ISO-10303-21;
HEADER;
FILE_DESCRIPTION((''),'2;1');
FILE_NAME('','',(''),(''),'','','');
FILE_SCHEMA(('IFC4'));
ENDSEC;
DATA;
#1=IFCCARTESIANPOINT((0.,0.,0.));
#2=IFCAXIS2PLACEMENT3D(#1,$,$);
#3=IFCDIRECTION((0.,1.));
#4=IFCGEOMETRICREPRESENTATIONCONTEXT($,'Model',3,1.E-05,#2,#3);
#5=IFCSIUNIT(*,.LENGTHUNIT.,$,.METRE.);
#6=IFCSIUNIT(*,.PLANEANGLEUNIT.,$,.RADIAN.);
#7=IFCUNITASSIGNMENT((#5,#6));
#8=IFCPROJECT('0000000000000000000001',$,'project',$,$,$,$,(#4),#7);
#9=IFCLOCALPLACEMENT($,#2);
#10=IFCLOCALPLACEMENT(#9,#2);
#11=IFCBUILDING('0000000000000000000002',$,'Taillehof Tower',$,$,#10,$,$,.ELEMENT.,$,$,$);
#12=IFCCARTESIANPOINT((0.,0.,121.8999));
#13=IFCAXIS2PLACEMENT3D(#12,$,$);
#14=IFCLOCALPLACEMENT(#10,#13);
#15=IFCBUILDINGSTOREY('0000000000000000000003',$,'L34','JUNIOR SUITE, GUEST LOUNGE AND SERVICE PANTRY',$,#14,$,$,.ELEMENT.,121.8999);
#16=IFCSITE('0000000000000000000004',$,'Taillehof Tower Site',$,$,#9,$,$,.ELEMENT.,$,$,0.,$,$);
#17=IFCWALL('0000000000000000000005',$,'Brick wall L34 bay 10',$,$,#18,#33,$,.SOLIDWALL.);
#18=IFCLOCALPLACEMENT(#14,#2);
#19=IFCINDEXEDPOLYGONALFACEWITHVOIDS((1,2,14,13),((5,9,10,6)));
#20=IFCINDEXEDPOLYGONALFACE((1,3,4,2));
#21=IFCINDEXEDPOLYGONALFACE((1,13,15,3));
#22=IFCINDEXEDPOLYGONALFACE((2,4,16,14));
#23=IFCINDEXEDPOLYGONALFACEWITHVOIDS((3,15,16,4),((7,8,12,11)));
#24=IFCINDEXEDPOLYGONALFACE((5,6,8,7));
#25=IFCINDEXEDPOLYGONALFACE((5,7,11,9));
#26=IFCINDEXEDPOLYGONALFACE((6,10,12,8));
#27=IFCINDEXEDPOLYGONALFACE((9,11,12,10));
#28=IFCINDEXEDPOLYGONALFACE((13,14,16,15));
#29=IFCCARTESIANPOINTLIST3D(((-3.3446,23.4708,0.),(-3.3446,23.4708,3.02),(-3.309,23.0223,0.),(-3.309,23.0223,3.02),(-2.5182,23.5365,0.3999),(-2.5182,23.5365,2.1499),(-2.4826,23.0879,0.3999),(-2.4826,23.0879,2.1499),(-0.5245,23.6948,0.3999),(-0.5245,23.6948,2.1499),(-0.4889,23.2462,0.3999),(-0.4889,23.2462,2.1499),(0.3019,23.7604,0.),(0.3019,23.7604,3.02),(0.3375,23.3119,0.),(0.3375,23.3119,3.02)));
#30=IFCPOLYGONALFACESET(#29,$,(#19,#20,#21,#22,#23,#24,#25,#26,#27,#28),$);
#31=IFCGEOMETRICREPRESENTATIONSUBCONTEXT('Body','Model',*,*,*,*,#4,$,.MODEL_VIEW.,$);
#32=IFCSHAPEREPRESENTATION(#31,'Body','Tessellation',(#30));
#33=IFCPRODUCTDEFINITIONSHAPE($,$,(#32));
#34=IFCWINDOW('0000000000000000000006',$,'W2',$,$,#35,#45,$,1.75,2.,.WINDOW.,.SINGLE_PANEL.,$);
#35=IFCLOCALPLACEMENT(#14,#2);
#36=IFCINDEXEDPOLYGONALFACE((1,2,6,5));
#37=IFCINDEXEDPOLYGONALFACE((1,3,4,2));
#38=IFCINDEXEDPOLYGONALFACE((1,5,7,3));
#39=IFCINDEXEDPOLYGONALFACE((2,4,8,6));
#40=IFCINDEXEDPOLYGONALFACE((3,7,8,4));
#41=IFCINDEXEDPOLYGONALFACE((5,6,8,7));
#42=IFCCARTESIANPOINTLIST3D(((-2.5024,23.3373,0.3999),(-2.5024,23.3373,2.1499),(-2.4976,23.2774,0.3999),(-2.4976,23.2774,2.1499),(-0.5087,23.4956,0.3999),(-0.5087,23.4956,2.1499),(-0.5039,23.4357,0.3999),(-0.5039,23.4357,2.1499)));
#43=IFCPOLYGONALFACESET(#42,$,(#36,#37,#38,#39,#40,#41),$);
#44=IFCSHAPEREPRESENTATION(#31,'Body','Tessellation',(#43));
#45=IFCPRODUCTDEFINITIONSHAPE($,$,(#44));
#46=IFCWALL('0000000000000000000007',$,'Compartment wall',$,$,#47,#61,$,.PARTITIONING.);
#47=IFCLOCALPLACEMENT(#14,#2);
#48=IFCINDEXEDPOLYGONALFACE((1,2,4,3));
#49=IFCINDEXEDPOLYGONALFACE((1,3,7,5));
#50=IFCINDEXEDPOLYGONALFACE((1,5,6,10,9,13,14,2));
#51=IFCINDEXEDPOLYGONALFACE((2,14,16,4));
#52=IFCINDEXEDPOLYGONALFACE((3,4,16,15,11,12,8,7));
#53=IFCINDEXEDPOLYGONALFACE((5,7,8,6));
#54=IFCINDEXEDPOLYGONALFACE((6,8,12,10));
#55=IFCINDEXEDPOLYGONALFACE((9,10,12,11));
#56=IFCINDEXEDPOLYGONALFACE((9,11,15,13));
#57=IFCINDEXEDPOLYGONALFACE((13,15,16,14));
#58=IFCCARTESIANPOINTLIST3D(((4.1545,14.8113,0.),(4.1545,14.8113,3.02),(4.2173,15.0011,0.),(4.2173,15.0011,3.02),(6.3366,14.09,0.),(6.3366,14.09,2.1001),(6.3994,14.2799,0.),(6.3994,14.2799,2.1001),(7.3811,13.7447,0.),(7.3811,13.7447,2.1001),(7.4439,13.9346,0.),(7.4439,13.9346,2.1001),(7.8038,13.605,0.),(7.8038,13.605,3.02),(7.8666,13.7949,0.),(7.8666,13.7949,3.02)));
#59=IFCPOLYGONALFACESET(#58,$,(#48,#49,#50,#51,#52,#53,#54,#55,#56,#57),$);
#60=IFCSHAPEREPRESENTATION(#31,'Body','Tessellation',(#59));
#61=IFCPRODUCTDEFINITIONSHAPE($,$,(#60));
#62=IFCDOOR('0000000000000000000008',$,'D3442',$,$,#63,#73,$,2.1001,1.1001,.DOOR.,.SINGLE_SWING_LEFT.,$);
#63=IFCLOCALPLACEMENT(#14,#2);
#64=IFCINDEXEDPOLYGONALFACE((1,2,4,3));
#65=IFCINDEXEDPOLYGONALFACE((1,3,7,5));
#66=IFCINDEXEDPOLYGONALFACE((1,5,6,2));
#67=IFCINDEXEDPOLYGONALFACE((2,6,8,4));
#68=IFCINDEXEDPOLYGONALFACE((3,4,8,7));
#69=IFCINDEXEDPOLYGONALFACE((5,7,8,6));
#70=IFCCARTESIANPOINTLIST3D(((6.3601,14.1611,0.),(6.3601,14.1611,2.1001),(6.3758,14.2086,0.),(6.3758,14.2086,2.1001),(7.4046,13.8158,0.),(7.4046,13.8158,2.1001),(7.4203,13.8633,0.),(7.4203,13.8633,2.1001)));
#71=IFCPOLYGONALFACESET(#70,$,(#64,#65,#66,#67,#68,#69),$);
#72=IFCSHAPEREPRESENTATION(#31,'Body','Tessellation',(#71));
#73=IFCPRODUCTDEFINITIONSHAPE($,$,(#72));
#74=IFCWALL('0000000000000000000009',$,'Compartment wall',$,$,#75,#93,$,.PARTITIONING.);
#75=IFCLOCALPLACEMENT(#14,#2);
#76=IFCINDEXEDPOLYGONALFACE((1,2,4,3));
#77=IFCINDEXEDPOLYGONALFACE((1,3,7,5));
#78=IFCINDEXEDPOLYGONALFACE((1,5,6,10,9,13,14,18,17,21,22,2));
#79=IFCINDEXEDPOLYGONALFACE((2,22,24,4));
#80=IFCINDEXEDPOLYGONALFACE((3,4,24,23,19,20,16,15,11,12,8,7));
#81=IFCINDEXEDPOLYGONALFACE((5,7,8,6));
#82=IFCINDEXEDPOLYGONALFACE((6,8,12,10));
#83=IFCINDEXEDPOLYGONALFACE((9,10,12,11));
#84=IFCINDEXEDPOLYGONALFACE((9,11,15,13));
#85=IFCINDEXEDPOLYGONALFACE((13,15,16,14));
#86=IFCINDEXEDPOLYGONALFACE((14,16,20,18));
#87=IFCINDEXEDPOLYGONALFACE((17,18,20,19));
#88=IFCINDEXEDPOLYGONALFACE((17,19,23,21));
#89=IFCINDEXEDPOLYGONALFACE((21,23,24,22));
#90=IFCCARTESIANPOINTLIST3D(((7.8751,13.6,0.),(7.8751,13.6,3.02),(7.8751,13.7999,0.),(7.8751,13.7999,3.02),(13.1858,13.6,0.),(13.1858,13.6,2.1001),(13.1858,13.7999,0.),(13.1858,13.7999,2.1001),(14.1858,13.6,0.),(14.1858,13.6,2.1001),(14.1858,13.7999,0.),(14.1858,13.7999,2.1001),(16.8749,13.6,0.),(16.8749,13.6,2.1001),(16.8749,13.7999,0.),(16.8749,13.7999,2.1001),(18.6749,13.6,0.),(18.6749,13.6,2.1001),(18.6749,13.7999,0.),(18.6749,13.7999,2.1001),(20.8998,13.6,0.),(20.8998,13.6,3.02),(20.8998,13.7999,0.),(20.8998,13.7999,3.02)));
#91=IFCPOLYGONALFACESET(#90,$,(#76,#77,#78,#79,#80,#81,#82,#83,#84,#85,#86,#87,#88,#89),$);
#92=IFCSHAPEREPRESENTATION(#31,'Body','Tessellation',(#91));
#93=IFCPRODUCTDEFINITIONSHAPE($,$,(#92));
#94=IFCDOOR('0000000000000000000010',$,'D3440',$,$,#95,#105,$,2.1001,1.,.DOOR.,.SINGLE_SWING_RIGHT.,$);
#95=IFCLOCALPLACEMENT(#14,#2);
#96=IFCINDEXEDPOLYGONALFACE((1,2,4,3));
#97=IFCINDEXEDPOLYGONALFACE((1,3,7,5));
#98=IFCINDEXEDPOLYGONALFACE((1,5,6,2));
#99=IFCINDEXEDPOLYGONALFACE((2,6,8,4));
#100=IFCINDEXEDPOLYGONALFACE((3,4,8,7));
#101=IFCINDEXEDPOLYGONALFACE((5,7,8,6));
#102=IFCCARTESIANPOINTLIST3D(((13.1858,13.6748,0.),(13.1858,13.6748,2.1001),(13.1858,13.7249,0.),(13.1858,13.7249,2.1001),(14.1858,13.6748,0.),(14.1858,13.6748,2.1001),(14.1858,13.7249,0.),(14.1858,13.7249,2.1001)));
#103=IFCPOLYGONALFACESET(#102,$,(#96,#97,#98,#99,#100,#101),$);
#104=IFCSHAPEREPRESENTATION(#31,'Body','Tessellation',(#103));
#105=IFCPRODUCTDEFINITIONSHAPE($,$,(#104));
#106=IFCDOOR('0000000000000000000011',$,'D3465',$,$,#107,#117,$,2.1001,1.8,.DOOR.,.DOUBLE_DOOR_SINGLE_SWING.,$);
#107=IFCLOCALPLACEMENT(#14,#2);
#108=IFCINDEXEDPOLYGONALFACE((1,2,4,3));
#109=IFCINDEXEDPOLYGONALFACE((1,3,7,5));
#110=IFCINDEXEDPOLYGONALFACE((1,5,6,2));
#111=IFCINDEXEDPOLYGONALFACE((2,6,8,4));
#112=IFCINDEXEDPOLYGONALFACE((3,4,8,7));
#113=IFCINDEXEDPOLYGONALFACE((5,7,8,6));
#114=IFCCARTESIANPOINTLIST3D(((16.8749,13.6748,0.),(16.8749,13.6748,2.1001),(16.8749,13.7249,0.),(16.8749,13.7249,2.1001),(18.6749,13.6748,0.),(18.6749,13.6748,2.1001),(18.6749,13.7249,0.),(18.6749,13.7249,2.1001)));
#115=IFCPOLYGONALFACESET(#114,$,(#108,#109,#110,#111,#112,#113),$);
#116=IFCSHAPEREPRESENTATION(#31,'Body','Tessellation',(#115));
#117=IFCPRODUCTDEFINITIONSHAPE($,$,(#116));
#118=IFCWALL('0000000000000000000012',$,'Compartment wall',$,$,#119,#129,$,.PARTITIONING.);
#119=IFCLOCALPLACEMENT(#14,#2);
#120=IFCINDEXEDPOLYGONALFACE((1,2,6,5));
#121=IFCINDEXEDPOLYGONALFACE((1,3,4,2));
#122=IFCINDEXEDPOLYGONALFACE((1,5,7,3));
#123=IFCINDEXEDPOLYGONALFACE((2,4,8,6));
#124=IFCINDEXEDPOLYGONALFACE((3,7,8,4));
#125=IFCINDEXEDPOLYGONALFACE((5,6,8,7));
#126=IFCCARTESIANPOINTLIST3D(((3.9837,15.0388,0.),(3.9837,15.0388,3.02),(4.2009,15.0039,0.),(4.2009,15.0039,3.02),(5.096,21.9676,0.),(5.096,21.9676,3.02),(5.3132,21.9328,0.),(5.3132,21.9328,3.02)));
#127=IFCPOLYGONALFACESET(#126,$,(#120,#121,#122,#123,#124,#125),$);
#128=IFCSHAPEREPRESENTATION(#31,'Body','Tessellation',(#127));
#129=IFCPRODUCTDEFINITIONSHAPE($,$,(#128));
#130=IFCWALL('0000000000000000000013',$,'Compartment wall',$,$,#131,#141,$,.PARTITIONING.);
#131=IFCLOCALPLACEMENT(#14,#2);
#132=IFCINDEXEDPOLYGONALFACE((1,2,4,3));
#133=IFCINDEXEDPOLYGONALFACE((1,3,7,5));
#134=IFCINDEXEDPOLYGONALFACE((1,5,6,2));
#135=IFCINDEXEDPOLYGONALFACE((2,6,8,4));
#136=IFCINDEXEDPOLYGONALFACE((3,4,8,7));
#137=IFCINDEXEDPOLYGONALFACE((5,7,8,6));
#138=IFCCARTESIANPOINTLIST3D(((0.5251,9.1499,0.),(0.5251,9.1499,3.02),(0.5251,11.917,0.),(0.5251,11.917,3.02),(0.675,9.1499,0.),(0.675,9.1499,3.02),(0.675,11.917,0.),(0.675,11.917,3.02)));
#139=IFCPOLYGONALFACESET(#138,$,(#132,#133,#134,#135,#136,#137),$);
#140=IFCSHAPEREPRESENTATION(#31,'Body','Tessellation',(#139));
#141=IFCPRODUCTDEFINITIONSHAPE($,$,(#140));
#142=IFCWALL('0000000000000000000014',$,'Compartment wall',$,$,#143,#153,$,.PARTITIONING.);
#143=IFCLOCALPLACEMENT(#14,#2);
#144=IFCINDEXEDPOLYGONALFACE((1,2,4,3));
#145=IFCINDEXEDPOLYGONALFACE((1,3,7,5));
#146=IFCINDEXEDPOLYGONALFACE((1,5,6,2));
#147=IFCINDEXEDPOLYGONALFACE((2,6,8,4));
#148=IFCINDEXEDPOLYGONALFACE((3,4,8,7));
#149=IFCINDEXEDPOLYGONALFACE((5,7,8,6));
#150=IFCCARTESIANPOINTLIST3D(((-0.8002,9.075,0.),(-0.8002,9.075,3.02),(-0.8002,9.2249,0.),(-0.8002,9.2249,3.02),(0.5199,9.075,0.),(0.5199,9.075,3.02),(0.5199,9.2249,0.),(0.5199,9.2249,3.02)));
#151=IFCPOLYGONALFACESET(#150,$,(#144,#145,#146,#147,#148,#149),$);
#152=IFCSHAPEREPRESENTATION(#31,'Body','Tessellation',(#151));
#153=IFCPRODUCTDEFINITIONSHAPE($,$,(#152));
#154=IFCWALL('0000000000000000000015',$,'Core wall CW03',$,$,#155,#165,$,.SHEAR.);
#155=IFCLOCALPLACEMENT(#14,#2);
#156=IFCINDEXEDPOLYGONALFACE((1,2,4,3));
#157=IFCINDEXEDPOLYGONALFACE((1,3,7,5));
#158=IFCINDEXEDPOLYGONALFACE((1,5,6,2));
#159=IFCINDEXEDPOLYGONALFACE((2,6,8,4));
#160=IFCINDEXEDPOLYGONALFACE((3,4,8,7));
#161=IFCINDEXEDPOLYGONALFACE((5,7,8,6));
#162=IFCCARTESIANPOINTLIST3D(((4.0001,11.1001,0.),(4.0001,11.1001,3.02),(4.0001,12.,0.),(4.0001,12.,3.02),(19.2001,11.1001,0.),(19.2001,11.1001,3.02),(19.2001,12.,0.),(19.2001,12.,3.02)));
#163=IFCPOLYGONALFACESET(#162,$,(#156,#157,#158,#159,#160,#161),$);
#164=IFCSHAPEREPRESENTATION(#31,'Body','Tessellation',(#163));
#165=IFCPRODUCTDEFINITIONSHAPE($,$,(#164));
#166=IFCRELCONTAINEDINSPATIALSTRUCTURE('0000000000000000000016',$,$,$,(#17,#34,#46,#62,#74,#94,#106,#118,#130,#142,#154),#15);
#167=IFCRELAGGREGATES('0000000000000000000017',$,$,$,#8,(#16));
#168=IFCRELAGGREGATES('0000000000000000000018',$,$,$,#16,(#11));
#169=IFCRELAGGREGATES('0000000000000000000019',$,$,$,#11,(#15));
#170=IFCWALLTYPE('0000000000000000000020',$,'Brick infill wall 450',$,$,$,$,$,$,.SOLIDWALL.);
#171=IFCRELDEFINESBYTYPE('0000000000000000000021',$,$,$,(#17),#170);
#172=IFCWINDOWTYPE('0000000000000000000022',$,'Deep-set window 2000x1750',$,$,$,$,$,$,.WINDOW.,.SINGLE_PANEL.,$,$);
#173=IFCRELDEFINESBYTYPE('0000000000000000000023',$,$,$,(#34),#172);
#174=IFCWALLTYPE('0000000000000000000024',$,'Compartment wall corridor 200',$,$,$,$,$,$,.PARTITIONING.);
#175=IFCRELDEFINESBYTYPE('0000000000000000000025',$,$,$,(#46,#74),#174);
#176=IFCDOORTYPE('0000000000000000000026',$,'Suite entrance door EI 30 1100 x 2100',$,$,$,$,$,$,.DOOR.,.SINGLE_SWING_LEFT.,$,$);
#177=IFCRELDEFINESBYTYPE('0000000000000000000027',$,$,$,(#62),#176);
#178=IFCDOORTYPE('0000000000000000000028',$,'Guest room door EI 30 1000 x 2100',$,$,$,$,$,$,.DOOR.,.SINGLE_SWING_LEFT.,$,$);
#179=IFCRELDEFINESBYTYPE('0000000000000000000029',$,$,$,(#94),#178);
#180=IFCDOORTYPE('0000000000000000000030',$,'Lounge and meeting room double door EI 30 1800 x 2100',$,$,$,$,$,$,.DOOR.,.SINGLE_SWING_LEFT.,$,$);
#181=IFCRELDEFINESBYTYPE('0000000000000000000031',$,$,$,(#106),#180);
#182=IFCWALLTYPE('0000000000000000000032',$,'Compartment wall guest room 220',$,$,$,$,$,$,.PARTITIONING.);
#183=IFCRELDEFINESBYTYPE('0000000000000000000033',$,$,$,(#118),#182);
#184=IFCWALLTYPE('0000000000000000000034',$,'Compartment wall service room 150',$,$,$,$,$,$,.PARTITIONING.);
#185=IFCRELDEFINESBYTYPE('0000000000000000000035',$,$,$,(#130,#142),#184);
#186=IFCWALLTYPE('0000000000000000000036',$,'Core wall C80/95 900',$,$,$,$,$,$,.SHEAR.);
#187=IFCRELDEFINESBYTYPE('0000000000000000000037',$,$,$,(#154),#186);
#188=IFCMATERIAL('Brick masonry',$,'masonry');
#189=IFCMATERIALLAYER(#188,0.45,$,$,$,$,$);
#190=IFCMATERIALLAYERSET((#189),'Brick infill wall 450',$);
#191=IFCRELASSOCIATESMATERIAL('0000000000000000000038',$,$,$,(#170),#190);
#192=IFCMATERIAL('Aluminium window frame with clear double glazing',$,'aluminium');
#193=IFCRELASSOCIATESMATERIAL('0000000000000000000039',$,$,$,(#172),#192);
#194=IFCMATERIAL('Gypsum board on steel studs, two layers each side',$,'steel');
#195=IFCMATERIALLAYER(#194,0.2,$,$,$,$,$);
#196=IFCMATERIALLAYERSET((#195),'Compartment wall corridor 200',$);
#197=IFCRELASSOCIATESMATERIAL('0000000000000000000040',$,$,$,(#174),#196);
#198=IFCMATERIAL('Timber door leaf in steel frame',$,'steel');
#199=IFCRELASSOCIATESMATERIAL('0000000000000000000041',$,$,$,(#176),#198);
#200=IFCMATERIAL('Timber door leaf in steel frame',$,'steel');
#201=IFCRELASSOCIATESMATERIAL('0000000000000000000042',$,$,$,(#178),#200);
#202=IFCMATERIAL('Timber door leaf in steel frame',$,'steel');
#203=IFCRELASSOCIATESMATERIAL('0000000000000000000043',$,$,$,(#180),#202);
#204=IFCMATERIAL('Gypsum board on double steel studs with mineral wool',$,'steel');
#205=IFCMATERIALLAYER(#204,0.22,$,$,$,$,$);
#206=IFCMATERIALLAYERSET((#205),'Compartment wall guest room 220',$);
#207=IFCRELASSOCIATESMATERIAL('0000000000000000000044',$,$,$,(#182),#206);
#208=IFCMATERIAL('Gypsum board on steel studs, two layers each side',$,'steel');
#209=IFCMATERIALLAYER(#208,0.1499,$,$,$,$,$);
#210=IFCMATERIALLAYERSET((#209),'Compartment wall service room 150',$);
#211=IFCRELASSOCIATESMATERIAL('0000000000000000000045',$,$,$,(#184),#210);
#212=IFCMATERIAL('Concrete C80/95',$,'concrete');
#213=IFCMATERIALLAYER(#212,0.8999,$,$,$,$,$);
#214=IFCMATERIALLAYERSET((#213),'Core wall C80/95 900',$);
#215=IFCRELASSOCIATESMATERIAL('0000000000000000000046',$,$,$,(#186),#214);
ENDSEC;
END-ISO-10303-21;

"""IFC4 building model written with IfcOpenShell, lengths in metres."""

from ifc_helpers import new_model, si_unit, direction, frame, frame_2d, origin, place, context, subcontext, project, spatial, rectangle, extrude, material, layer, layer_set, type_object, element, fill, save


model = new_model("IFC4")

# Units and contexts
model_context = context("Model", 3, precision=1e-05, world=origin(), true_north=direction((0.0, 1.0)))
body_context = subcontext(model_context, "Body", "Model", "MODEL_VIEW")
ifc_project = project(units=[si_unit("LENGTHUNIT", "METRE"), si_unit("PLANEANGLEUNIT", "RADIAN")], contexts=[model_context])

# Site, building, storey
site_placement = place(None, origin())
site = spatial("IfcSite", under=ifc_project, at=site_placement, Name="Taillehof Tower Site", CompositionType="ELEMENT", RefElevation=0.0)
building_placement = place(site_placement, origin())
building = spatial("IfcBuilding", under=site, at=building_placement, Name="Taillehof Tower", CompositionType="ELEMENT")
storey_placement = place(building_placement, frame((0.0, 0.0, 121.8999)))
storey = spatial("IfcBuildingStorey", under=building, at=storey_placement, Name="L34", Description="JUNIOR SUITE, GUEST LOUNGE AND SERVICE PANTRY", CompositionType="ELEMENT", Elevation=121.8999)

# Wall, opening, window
ifc_material_1 = material(Name="Brick masonry", Category="masonry")
ifc_layer_1 = layer(ifc_material_1, 0.45)
ifc_layer_set_1 = layer_set([ifc_layer_1], Name="Brick infill wall 450")
wall_type_1 = type_object("IfcWallType", Name="Brick infill wall 450", PredefinedType="SOLIDWALL", material=ifc_layer_set_1)
ifc_material_2 = material(Name="Aluminium window frame with clear double glazing", Category="aluminium")
window_type = type_object("IfcWindowType", Name="Deep-set window 2000x1750", PartitioningType="SINGLE_PANEL", PredefinedType="WINDOW", material=ifc_material_2)
wall_1_placement = place(storey_placement, frame((0.3198, 23.5361, 0.0), z_axis=(0.0, 0.0, 1.0), x_axis=(-0.996862, -0.079156, 0.0)))
wall_1 = element("IfcWall", 1, at=wall_1_placement, inside=storey, type_object=wall_type_1, Name="Brick wall L34 bay 10", PredefinedType="SOLIDWALL", context=body_context, shape_type="SweptSolid", body=[
    extrude(rectangle(XDim=3.658, YDim=0.45, at=frame_2d((1.8291, 0.0))), origin(), (0.0, 0.0, 1.0), 3.02),
])
opening_1_placement = place(wall_1_placement, frame((0.8291, 0.0, 0.3999)))
opening_1 = element("IfcOpeningElement", 2, at=opening_1_placement, cuts=wall_1, PredefinedType="OPENING", context=body_context, shape_type="SweptSolid", body=[
    extrude(rectangle(XDim=2.0, YDim=1.75, at=frame_2d((1.0, 0.875))), frame((0.0, 0.2349, 0.0), z_axis=(0.0, -1.0, 0.0), x_axis=(1.0, 0.0, 0.0)), (0.0, 0.0, 1.0), 0.47),
])
window_1_placement = place(opening_1_placement, origin())
window_1 = element("IfcWindow", 3, at=window_1_placement, inside=storey, type_object=window_type, Name="W2", OverallHeight=1.75, OverallWidth=2.0, PartitioningType="SINGLE_PANEL", PredefinedType="WINDOW", context=body_context, shape_type="SweptSolid", body=[
    extrude(rectangle(XDim=2.0, YDim=1.75, at=frame_2d((1.0, 0.875))), frame((0.0, 0.0349, 0.0), z_axis=(0.0, -1.0, 0.0), x_axis=(1.0, 0.0, 0.0)), (0.0, 0.0, 1.0), 0.0601),
])
fill(opening_1, window_1)

# Wall, opening, door
ifc_material_3 = material(Name="Gypsum board on steel studs, two layers each side", Category="steel")
ifc_layer_2 = layer(ifc_material_3, 0.2)
ifc_layer_set_2 = layer_set([ifc_layer_2], Name="Compartment wall corridor 200")
wall_type_2 = type_object("IfcWallType", Name="Compartment wall corridor 200", PredefinedType="PARTITIONING", material=ifc_layer_set_2)
wall_2_placement = place(storey_placement, frame((4.1858, 14.9062, 0.0), z_axis=(0.0, 0.0, 1.0), x_axis=(0.949474, -0.313845, 0.0)))
wall_2 = element("IfcWall", 4, at=wall_2_placement, inside=storey, type_object=wall_type_2, Name="Compartment wall", PredefinedType="PARTITIONING", context=body_context, shape_type="SweptSolid", body=[
    extrude(rectangle(XDim=3.8435, YDim=0.2, at=frame_2d((1.9219, 0.0))), origin(), (0.0, 0.0, 1.0), 3.02),
])
opening_2_placement = place(wall_2_placement, frame((2.2983, 0.0, 0.0)))
opening_2 = element("IfcOpeningElement", 5, at=opening_2_placement, cuts=wall_2, PredefinedType="OPENING", context=body_context, shape_type="SweptSolid", body=[
    extrude(rectangle(XDim=1.1001, YDim=2.1001, at=frame_2d((0.55, 1.05))), frame((0.0, 0.1099, 0.0), z_axis=(0.0, -1.0, 0.0), x_axis=(1.0, 0.0, 0.0)), (0.0, 0.0, 1.0), 0.22),
])
ifc_material_4 = material(Name="Timber door leaf in steel frame", Category="steel")
door_type_1 = type_object("IfcDoorType", Name="Suite entrance door EI 30 1100 x 2100", OperationType="SINGLE_SWING_LEFT", PredefinedType="DOOR", material=ifc_material_4)
door_1_placement = place(opening_2_placement, origin())
door_1 = element("IfcDoor", 6, at=door_1_placement, inside=storey, type_object=door_type_1, Name="D3442", OperationType="SINGLE_SWING_LEFT", OverallHeight=2.1001, OverallWidth=1.1001, PredefinedType="DOOR", context=body_context, shape_type="SweptSolid", body=[
    extrude(rectangle(XDim=1.1001, YDim=2.1001, at=frame_2d((0.55, 1.05))), frame((0.0, 0.0249, 0.0), z_axis=(0.0, -1.0, 0.0), x_axis=(1.0, 0.0, 0.0)), (0.0, 0.0, 1.0), 0.05),
])
fill(opening_2, door_1)

# Wall, openings, doors
wall_3_placement = place(storey_placement, frame((7.8752, 13.7, 0.0), z_axis=(0.0, 0.0, 1.0), x_axis=(1.0, 0.0, 0.0)))
wall_3 = element("IfcWall", 7, at=wall_3_placement, inside=storey, type_object=wall_type_2, Name="Compartment wall", PredefinedType="PARTITIONING", context=body_context, shape_type="SweptSolid", body=[
    extrude(rectangle(XDim=13.0247, YDim=0.2, at=frame_2d((6.5122, 0.0))), origin(), (0.0, 0.0, 1.0), 3.02),
])
opening_3_placement = place(wall_3_placement, frame((5.3105, 0.0, 0.0)))
opening_3 = element("IfcOpeningElement", 8, at=opening_3_placement, cuts=wall_3, PredefinedType="OPENING", context=body_context, shape_type="SweptSolid", body=[
    extrude(rectangle(XDim=1.0, YDim=2.1001, at=frame_2d((0.5, 1.05))), frame((0.0, 0.1099, 0.0), z_axis=(0.0, -1.0, 0.0), x_axis=(1.0, 0.0, 0.0)), (0.0, 0.0, 1.0), 0.22),
])
opening_4_placement = place(wall_3_placement, frame((8.9998, 0.0, 0.0)))
opening_4 = element("IfcOpeningElement", 9, at=opening_4_placement, cuts=wall_3, PredefinedType="OPENING", context=body_context, shape_type="SweptSolid", body=[
    extrude(rectangle(XDim=1.8, YDim=2.1001, at=frame_2d((0.8999, 1.05))), frame((0.0, 0.1099, 0.0), z_axis=(0.0, -1.0, 0.0), x_axis=(1.0, 0.0, 0.0)), (0.0, 0.0, 1.0), 0.22),
])
ifc_material_5 = material(Name="Timber door leaf in steel frame", Category="steel")
door_type_2 = type_object("IfcDoorType", Name="Guest room door EI 30 1000 x 2100", OperationType="SINGLE_SWING_LEFT", PredefinedType="DOOR", material=ifc_material_5)
door_2_placement = place(opening_3_placement, origin())
door_2 = element("IfcDoor", 10, at=door_2_placement, inside=storey, type_object=door_type_2, Name="D3440", OperationType="SINGLE_SWING_RIGHT", OverallHeight=2.1001, OverallWidth=1.0, PredefinedType="DOOR", context=body_context, shape_type="SweptSolid", body=[
    extrude(rectangle(XDim=1.0, YDim=2.1001, at=frame_2d((0.5, 1.05))), frame((0.0, 0.0249, 0.0), z_axis=(0.0, -1.0, 0.0), x_axis=(1.0, 0.0, 0.0)), (0.0, 0.0, 1.0), 0.05),
])
fill(opening_3, door_2)
ifc_material_6 = material(Name="Timber door leaf in steel frame", Category="steel")
door_type_3 = type_object("IfcDoorType", Name="Lounge and meeting room double door EI 30 1800 x 2100", OperationType="SINGLE_SWING_LEFT", PredefinedType="DOOR", material=ifc_material_6)
door_3_placement = place(opening_4_placement, origin())
door_3 = element("IfcDoor", 11, at=door_3_placement, inside=storey, type_object=door_type_3, Name="D3465", OperationType="DOUBLE_DOOR_SINGLE_SWING", OverallHeight=2.1001, OverallWidth=1.8, PredefinedType="DOOR", context=body_context, shape_type="SweptSolid", body=[
    extrude(rectangle(XDim=1.8, YDim=2.1001, at=frame_2d((0.8999, 1.05))), frame((0.0, 0.0249, 0.0), z_axis=(0.0, -1.0, 0.0), x_axis=(1.0, 0.0, 0.0)), (0.0, 0.0, 1.0), 0.05),
])
fill(opening_4, door_3)

# Walls
ifc_material_7 = material(Name="Gypsum board on double steel studs with mineral wool", Category="steel")
ifc_layer_3 = layer(ifc_material_7, 0.22)
ifc_layer_set_3 = layer_set([ifc_layer_3], Name="Compartment wall guest room 220")
wall_type_3 = type_object("IfcWallType", Name="Compartment wall guest room 220", PredefinedType="PARTITIONING", material=ifc_layer_set_3)
wall_4_placement = place(storey_placement, frame((5.2046, 21.9502, 0.0), z_axis=(0.0, 0.0, 1.0), x_axis=(-0.158501, -0.987359, 0.0)))
element("IfcWall", 12, at=wall_4_placement, inside=storey, type_object=wall_type_3, Name="Compartment wall", PredefinedType="PARTITIONING", context=body_context, shape_type="SweptSolid", body=[
    extrude(rectangle(XDim=7.0176, YDim=0.22, at=frame_2d((3.5088, 0.0))), origin(), (0.0, 0.0, 1.0), 3.02),
])
ifc_material_8 = material(Name="Gypsum board on steel studs, two layers each side", Category="steel")
ifc_layer_4 = layer(ifc_material_8, 0.1499)
ifc_layer_set_4 = layer_set([ifc_layer_4], Name="Compartment wall service room 150")
wall_type_4 = type_object("IfcWallType", Name="Compartment wall service room 150", PredefinedType="PARTITIONING", material=ifc_layer_set_4)
wall_5_placement = place(storey_placement, frame((0.6001, 11.917, 0.0), z_axis=(0.0, 0.0, 1.0), x_axis=(0.0, -1.0, 0.0)))
element("IfcWall", 13, at=wall_5_placement, inside=storey, type_object=wall_type_4, Name="Compartment wall", PredefinedType="PARTITIONING", context=body_context, shape_type="SweptSolid", body=[
    extrude(rectangle(XDim=2.7671, YDim=0.1499, at=frame_2d((1.3835, 0.0))), origin(), (0.0, 0.0, 1.0), 3.02),
])
wall_6_placement = place(storey_placement, frame((0.52, 9.1499, 0.0), z_axis=(0.0, 0.0, 1.0), x_axis=(-1.0, 0.0, 0.0)))
element("IfcWall", 14, at=wall_6_placement, inside=storey, type_object=wall_type_4, Name="Compartment wall", PredefinedType="PARTITIONING", context=body_context, shape_type="SweptSolid", body=[
    extrude(rectangle(XDim=1.3201, YDim=0.1499, at=frame_2d((0.6602, 0.0))), origin(), (0.0, 0.0, 1.0), 3.02),
])
ifc_material_9 = material(Name="Concrete C80/95", Category="concrete")
ifc_layer_5 = layer(ifc_material_9, 0.8999)
ifc_layer_set_5 = layer_set([ifc_layer_5], Name="Core wall C80/95 900")
wall_type_5 = type_object("IfcWallType", Name="Core wall C80/95 900", PredefinedType="SHEAR", material=ifc_layer_set_5)
wall_7_placement = place(storey_placement, frame((4.0, 11.55, 0.0), z_axis=(0.0, 0.0, 1.0), x_axis=(1.0, 0.0, 0.0)))
element("IfcWall", 15, at=wall_7_placement, inside=storey, type_object=wall_type_5, Name="Core wall CW03", PredefinedType="SHEAR", context=body_context, shape_type="SweptSolid", body=[
    extrude(rectangle(XDim=15.2, YDim=0.8999, at=frame_2d((7.6001, 0.0))), origin(), (0.0, 0.0, 1.0), 3.02),
])

save(model, "model.ifc")
